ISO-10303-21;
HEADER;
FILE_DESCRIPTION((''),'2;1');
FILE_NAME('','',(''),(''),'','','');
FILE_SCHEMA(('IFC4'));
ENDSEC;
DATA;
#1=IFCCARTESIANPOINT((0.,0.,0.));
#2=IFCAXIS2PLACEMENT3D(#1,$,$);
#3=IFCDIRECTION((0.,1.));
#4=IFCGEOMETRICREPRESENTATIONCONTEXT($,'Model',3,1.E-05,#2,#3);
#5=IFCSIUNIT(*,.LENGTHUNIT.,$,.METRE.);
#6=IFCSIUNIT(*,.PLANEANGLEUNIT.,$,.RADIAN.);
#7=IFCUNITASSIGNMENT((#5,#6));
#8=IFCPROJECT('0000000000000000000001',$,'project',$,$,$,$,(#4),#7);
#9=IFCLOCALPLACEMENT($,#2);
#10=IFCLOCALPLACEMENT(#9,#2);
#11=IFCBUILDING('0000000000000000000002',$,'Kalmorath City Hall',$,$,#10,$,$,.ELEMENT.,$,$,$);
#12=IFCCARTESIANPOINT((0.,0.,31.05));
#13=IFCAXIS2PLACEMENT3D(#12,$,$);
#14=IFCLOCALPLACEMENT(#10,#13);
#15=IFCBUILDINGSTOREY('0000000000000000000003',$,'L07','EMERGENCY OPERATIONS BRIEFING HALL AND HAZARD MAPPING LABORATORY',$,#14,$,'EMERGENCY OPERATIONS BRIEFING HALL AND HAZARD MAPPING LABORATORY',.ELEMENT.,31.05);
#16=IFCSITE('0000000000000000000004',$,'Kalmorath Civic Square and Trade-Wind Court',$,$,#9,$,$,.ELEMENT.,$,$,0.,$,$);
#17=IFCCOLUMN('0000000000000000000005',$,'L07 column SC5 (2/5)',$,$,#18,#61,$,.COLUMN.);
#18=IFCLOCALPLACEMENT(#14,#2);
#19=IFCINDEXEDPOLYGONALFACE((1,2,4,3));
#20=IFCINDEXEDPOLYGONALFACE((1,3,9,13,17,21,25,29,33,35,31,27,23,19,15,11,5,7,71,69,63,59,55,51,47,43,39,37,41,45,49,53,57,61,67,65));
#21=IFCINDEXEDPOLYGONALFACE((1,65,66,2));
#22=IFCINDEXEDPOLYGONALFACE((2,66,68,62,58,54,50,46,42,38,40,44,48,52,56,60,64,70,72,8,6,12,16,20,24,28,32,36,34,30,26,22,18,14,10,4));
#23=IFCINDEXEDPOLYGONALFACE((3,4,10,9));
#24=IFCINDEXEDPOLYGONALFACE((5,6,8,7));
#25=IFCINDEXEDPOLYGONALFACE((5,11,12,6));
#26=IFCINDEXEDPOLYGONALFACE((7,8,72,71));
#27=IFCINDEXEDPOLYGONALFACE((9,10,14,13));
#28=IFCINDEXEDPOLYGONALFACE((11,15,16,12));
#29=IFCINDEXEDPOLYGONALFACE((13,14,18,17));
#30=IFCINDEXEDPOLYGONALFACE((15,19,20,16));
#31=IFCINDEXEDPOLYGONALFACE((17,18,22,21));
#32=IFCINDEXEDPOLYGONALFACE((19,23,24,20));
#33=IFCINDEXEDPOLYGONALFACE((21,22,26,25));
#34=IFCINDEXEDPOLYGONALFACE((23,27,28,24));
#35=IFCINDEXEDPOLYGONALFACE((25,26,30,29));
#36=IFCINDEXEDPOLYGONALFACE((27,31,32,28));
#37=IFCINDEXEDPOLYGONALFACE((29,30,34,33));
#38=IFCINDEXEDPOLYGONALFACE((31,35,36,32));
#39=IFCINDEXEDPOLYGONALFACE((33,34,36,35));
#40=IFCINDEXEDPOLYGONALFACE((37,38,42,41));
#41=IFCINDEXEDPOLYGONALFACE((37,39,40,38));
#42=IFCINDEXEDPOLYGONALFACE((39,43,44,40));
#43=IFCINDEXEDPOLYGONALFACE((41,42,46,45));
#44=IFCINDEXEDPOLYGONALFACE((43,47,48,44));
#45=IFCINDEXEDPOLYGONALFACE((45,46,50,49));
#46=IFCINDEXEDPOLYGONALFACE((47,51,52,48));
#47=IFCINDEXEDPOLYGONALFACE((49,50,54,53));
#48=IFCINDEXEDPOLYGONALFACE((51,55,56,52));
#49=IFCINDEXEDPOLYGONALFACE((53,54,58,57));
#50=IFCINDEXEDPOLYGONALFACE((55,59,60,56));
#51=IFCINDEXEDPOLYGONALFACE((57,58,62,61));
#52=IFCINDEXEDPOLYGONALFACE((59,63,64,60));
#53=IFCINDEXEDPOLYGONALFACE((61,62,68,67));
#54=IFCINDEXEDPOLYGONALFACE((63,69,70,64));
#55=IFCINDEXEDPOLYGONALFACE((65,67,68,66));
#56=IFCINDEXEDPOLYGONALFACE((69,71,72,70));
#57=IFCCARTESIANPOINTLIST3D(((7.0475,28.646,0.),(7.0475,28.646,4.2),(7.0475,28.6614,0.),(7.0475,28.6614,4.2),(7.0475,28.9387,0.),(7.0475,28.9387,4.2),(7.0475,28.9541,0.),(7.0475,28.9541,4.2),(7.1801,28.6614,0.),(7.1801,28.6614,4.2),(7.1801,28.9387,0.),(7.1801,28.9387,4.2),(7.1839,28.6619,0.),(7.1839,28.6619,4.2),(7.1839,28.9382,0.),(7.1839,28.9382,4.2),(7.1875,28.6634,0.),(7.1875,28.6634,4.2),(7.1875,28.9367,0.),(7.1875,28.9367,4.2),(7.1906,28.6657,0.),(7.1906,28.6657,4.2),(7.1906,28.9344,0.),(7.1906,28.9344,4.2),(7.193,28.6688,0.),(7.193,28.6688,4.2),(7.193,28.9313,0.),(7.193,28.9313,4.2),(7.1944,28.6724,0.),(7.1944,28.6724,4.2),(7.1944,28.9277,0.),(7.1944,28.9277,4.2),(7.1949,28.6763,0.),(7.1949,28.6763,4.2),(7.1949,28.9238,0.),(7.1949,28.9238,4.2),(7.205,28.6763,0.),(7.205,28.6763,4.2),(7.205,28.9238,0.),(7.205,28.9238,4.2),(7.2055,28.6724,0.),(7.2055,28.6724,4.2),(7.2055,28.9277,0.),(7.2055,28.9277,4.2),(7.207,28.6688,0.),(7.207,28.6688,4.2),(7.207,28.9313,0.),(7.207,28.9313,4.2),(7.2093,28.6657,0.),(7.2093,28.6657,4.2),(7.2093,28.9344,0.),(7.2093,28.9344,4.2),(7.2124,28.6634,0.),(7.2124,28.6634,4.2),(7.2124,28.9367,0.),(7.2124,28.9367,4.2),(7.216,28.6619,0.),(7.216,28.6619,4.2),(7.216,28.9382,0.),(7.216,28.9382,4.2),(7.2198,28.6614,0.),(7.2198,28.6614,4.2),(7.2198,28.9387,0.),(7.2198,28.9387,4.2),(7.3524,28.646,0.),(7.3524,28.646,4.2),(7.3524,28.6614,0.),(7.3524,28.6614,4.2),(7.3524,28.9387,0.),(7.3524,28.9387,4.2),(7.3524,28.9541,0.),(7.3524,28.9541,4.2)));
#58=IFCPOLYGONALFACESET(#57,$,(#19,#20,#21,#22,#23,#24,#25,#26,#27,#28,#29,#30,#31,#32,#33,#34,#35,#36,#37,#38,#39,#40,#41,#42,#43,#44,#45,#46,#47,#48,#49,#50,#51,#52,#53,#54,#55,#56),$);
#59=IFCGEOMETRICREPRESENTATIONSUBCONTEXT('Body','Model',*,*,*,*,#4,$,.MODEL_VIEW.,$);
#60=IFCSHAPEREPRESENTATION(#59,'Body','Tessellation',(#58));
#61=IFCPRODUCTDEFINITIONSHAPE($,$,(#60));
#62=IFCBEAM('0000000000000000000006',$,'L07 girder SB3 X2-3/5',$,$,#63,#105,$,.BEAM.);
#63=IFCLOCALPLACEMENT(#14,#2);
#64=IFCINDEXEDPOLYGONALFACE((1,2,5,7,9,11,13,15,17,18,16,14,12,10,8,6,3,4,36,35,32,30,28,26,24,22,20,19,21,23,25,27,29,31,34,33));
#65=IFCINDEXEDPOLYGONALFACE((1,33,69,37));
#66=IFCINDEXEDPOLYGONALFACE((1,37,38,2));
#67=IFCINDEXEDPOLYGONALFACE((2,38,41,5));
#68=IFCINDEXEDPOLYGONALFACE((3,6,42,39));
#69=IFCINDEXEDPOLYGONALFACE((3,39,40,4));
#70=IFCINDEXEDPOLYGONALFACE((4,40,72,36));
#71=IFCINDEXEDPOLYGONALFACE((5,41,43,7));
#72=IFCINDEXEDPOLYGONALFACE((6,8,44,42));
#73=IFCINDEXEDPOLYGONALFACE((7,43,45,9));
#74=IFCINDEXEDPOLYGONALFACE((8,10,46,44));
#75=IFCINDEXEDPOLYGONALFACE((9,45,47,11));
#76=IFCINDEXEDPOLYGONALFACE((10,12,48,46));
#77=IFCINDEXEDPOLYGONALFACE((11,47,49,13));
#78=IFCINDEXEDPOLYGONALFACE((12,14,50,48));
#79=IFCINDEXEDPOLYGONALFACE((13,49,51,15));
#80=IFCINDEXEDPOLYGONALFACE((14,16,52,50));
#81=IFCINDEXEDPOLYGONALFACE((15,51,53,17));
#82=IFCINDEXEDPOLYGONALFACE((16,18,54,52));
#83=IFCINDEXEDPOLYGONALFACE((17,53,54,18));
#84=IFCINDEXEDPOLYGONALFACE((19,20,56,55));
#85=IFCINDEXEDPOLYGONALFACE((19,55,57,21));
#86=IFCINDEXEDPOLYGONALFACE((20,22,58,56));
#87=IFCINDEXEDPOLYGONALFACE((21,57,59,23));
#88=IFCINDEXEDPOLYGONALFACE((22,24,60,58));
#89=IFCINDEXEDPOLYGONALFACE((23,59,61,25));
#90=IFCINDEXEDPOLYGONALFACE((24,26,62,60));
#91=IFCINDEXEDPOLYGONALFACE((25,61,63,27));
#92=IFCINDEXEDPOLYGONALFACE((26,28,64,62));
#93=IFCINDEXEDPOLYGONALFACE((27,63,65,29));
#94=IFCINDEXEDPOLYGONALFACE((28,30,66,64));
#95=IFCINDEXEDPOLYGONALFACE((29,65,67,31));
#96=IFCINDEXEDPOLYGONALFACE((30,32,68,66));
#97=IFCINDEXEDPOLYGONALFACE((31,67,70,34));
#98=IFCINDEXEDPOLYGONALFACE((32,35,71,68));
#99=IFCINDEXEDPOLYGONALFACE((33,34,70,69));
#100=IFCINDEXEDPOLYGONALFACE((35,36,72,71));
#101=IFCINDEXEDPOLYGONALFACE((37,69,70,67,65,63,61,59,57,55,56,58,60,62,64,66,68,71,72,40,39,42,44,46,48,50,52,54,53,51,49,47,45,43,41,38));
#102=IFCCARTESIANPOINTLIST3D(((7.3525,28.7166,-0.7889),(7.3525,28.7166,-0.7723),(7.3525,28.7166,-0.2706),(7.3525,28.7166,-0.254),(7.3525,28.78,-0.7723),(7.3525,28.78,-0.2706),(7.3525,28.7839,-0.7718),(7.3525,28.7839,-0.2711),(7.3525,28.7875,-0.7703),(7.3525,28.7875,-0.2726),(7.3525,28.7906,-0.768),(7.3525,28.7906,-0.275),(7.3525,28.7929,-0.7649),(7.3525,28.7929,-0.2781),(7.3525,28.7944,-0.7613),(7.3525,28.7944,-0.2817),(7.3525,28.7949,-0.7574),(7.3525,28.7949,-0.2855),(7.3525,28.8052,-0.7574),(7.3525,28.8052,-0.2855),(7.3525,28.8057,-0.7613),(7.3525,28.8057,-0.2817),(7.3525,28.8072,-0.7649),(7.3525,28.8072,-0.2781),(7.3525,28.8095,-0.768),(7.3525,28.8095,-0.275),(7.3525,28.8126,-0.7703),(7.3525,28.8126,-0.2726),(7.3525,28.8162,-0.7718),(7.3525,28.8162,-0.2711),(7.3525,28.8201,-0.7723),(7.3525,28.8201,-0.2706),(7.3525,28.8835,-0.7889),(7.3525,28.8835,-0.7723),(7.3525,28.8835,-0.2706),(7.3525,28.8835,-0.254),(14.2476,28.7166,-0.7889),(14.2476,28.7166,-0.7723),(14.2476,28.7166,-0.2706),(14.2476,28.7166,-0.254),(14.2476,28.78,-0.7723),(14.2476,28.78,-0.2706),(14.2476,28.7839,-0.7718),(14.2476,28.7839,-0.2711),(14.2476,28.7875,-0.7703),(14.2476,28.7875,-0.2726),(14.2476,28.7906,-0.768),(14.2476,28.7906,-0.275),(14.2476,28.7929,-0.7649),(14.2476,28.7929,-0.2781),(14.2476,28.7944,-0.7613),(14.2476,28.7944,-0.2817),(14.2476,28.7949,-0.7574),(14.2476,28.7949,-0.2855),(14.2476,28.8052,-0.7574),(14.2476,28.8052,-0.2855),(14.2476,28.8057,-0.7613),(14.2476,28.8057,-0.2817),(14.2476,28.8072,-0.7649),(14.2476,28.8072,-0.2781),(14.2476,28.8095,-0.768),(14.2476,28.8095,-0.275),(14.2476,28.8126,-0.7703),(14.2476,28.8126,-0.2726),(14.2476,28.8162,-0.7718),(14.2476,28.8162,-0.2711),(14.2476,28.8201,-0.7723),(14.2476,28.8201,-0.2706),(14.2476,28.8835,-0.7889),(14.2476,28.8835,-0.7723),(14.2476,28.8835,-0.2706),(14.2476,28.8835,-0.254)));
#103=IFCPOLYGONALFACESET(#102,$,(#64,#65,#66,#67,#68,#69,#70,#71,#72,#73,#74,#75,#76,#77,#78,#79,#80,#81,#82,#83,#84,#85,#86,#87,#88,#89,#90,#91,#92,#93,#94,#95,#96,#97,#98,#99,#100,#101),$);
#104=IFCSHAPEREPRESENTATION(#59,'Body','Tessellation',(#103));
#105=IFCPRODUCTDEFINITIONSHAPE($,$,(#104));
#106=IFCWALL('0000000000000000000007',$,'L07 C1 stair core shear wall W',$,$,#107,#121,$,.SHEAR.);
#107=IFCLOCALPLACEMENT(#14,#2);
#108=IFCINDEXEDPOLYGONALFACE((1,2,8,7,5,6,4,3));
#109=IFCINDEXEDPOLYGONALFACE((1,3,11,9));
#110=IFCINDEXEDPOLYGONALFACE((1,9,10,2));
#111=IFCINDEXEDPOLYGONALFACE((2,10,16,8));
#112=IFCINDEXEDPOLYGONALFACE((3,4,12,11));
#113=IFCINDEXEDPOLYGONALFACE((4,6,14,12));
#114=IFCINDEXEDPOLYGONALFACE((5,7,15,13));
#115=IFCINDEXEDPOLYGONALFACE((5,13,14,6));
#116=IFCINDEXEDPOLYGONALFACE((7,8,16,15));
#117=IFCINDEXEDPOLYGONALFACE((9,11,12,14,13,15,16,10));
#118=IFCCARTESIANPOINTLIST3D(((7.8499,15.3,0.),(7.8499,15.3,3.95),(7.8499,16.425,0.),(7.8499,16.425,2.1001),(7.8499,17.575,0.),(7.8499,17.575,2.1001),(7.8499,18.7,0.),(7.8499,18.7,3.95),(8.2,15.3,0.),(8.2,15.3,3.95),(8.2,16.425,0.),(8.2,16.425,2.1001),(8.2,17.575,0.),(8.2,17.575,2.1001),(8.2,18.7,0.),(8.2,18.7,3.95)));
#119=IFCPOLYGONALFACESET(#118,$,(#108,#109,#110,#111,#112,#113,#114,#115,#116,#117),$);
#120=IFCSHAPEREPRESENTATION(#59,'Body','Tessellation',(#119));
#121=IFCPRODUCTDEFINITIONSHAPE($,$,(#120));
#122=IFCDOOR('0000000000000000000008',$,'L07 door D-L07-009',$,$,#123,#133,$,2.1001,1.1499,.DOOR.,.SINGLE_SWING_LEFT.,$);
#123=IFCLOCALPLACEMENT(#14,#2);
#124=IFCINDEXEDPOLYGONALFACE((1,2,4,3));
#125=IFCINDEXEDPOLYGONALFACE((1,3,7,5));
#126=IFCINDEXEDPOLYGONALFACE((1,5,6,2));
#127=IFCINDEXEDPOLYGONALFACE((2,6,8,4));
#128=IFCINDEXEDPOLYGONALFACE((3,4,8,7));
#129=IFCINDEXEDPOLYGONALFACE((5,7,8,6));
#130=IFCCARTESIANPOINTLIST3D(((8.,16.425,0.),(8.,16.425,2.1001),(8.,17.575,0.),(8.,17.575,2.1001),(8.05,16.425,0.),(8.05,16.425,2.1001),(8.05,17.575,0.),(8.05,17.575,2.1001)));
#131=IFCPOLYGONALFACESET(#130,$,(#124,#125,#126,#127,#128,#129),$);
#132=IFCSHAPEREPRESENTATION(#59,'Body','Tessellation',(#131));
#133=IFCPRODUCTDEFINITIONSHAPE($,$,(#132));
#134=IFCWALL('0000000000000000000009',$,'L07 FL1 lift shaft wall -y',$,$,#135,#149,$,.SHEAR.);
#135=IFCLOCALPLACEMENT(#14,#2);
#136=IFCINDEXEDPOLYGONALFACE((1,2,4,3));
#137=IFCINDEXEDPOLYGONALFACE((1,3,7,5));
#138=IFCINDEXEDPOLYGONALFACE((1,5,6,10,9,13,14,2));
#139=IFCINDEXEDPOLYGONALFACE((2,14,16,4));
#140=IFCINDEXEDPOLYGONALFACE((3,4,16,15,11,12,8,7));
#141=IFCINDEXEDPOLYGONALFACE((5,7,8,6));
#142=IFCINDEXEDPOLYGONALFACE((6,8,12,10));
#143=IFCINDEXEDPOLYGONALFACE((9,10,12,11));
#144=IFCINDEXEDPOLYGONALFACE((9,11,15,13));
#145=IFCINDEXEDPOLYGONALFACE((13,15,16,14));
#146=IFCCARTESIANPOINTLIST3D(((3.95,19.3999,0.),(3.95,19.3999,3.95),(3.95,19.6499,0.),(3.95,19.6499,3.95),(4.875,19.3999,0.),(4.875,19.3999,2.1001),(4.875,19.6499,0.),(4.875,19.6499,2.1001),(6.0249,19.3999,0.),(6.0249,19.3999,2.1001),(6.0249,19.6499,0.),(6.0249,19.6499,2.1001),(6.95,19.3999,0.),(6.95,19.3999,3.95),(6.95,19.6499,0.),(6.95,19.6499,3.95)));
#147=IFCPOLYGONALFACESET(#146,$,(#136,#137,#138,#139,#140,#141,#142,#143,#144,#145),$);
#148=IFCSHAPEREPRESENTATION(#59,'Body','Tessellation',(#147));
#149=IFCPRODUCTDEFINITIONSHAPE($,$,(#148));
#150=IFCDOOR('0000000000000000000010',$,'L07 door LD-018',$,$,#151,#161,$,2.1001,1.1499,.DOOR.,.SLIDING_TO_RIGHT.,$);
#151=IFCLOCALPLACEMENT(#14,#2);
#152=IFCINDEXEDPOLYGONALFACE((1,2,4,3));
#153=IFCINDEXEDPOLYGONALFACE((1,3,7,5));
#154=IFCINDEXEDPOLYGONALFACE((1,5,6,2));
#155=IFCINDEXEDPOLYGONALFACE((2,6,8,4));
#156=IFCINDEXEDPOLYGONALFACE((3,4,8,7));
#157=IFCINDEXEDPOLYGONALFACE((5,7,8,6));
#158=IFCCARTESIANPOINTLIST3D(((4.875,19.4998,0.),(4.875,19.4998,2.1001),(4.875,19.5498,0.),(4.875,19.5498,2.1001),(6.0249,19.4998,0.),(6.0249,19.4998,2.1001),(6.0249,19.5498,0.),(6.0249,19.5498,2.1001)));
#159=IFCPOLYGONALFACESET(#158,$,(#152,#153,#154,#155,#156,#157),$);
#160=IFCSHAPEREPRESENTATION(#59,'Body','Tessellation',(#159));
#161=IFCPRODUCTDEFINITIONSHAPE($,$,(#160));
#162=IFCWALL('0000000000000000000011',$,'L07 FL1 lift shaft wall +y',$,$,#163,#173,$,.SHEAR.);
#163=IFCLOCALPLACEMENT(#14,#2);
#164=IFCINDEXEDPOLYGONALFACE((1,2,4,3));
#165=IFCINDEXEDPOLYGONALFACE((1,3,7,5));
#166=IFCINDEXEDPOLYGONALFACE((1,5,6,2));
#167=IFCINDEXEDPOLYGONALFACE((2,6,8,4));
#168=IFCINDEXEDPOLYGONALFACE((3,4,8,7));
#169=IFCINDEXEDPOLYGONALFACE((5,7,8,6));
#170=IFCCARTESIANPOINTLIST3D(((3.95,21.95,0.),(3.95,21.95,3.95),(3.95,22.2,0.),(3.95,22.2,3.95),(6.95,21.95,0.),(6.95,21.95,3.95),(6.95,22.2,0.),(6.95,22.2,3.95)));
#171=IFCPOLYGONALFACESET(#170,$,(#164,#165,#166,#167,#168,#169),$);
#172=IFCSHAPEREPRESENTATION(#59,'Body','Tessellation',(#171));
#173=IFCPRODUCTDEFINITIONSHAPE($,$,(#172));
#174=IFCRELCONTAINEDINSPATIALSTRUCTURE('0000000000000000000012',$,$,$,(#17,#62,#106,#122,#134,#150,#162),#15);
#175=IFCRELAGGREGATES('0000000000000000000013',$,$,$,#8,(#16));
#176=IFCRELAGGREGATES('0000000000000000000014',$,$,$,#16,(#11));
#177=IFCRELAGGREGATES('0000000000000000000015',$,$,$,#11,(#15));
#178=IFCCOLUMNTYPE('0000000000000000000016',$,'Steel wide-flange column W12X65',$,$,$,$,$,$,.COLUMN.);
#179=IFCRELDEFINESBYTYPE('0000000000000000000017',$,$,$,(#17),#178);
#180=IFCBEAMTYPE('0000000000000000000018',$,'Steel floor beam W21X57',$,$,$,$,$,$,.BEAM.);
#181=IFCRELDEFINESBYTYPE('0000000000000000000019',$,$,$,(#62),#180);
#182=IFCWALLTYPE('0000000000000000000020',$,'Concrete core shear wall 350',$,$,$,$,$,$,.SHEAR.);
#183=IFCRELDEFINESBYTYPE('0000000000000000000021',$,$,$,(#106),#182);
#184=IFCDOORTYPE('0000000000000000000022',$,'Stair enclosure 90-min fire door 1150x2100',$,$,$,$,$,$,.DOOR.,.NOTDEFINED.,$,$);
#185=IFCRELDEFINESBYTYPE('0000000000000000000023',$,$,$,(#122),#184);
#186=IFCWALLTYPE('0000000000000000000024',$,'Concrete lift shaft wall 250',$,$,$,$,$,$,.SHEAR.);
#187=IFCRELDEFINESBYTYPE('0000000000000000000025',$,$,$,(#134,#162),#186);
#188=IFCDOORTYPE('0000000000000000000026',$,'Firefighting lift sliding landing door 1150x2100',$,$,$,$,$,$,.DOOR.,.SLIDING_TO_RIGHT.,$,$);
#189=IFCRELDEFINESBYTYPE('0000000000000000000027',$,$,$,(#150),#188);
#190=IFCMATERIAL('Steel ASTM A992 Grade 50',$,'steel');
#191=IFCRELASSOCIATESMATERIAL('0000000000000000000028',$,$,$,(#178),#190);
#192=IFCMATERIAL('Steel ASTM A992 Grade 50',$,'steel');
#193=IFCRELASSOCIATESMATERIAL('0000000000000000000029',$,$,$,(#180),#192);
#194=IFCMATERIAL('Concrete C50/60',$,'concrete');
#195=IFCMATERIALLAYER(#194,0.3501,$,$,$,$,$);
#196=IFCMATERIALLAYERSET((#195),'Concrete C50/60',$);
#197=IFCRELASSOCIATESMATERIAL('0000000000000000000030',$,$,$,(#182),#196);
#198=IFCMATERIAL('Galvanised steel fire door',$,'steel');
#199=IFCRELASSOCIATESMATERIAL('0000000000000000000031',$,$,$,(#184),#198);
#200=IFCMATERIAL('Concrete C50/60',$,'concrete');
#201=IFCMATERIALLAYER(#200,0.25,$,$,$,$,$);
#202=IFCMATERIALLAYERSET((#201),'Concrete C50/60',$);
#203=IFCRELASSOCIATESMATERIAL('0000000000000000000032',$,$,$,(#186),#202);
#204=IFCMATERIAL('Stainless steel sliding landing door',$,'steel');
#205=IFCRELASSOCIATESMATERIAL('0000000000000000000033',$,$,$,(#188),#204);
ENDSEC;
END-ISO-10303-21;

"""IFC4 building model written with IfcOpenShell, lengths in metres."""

from ifc_helpers import new_model, si_unit, direction, frame, frame_2d, origin, origin_2d, place, context, subcontext, project, spatial, rectangle, i_section, extrude, material, layer, layer_set, material_profile, profile_set, type_object, element, fill, save


model = new_model("IFC4")

# Units and contexts
model_context = context("Model", 3, precision=1e-05, world=origin(), true_north=direction((0.0, 1.0)))
body_context = subcontext(model_context, "Body", "Model", "MODEL_VIEW")
ifc_project = project(units=[si_unit("LENGTHUNIT", "METRE"), si_unit("PLANEANGLEUNIT", "RADIAN")], contexts=[model_context])

# Site, building, storey
site_placement = place(None, origin())
site = spatial("IfcSite", under=ifc_project, at=site_placement, Name="Kalmorath Civic Square and Trade-Wind Court", CompositionType="ELEMENT", RefElevation=0.0)
building_placement = place(site_placement, origin())
building = spatial("IfcBuilding", under=site, at=building_placement, Name="Kalmorath City Hall", CompositionType="ELEMENT")
storey_placement = place(building_placement, frame((0.0, 0.0, 31.05)))
storey = spatial("IfcBuildingStorey", under=building, at=storey_placement, Name="L07", Description="EMERGENCY OPERATIONS BRIEFING HALL AND HAZARD MAPPING LABORATORY", LongName="EMERGENCY OPERATIONS BRIEFING HALL AND HAZARD MAPPING LABORATORY", CompositionType="ELEMENT", Elevation=31.05)

# Column
ifc_material_1 = material(Name="Steel ASTM A992 Grade 50", Category="steel")
ifc_material_profile_1 = material_profile(ifc_material_1, i_section(OverallWidth=0.3049, OverallDepth=0.3081, WebThickness=0.01, FlangeThickness=0.0154, FilletRadius=0.0149, at=origin_2d()), Name="W12X65")
ifc_profile_set_1 = profile_set([ifc_material_profile_1], Name="Steel ASTM A992 Grade 50")
column_type = type_object("IfcColumnType", Name="Steel wide-flange column W12X65", PredefinedType="COLUMN", material=ifc_profile_set_1)
column_placement = place(storey_placement, frame((7.2, 28.8, 0.0), z_axis=(0.0, 0.0, 1.0), x_axis=(1.0, 0.0, 0.0)))
element("IfcColumn", 1, at=column_placement, inside=storey, type_object=column_type, Name="L07 column SC5 (2/5)", PredefinedType="COLUMN", context=body_context, shape_type="SweptSolid", body=[
    extrude(i_section(OverallWidth=0.3049, OverallDepth=0.3081, WebThickness=0.01, FlangeThickness=0.0154, FilletRadius=0.0149, at=origin_2d()), origin(), (0.0, 0.0, 1.0), 4.2),
])

# Beam
ifc_material_2 = material(Name="Steel ASTM A992 Grade 50", Category="steel")
ifc_material_profile_2 = material_profile(ifc_material_2, i_section(OverallWidth=0.167, OverallDepth=0.5349, WebThickness=0.0103, FlangeThickness=0.0166, FilletRadius=0.0149, at=origin_2d()), Name="W21X57")
ifc_profile_set_2 = profile_set([ifc_material_profile_2], Name="Steel ASTM A992 Grade 50")
beam_type = type_object("IfcBeamType", Name="Steel floor beam W21X57", PredefinedType="BEAM", material=ifc_profile_set_2)
beam_placement = place(storey_placement, frame((7.3525, 28.8, -0.5215), z_axis=(1.0, 0.0, 0.0), x_axis=(0.0, 1.0, 0.0)))
element("IfcBeam", 2, at=beam_placement, inside=storey, type_object=beam_type, Name="L07 girder SB3 X2-3/5", PredefinedType="BEAM", context=body_context, shape_type="SweptSolid", body=[
    extrude(i_section(OverallWidth=0.167, OverallDepth=0.5349, WebThickness=0.0103, FlangeThickness=0.0166, FilletRadius=0.0149, at=origin_2d()), origin(), (0.0, 0.0, 1.0), 6.895),
])

# Walls, openings, doors
ifc_material_3 = material(Name="Concrete C50/60", Category="concrete")
ifc_layer_1 = layer(ifc_material_3, 0.3501)
ifc_layer_set_1 = layer_set([ifc_layer_1], Name="Concrete C50/60")
wall_type_1 = type_object("IfcWallType", Name="Concrete core shear wall 350", PredefinedType="SHEAR", material=ifc_layer_set_1)
wall_1_placement = place(storey_placement, frame((8.0249, 18.7, 0.0), z_axis=(0.0, 0.0, 1.0), x_axis=(0.0, -1.0, 0.0)))
wall_1 = element("IfcWall", 3, at=wall_1_placement, inside=storey, type_object=wall_type_1, Name="L07 C1 stair core shear wall W", PredefinedType="SHEAR", context=body_context, shape_type="SweptSolid", body=[
    extrude(rectangle(XDim=3.3999, YDim=0.3501, at=frame_2d((1.7, 0.0))), origin(), (0.0, 0.0, 1.0), 3.95),
])
opening_1_placement = place(wall_1_placement, frame((1.125, 0.0, 0.0)))
opening_1 = element("IfcOpeningElement", 4, at=opening_1_placement, cuts=wall_1, PredefinedType="OPENING", context=body_context, shape_type="SweptSolid", body=[
    extrude(rectangle(XDim=1.1499, YDim=2.1001, at=frame_2d((0.575, 1.05))), frame((0.0, 0.1851, 0.0), z_axis=(0.0, -1.0, 0.0), x_axis=(1.0, 0.0, 0.0)), (0.0, 0.0, 1.0), 0.3701),
])
ifc_material_4 = material(Name="Galvanised steel fire door", Category="steel")
door_type_1 = type_object("IfcDoorType", Name="Stair enclosure 90-min fire door 1150x2100", OperationType="NOTDEFINED", PredefinedType="DOOR", material=ifc_material_4)
door_1_placement = place(opening_1_placement, frame((1.1499, 0.0, 0.0), z_axis=(0.0, 0.0, 1.0), x_axis=(-1.0, 0.0, 0.0)))
door_1 = element("IfcDoor", 5, at=door_1_placement, inside=storey, type_object=door_type_1, Name="L07 door D-L07-009", OperationType="SINGLE_SWING_LEFT", OverallHeight=2.1001, OverallWidth=1.1499, PredefinedType="DOOR", context=body_context, shape_type="SweptSolid", body=[
    extrude(rectangle(XDim=1.1499, YDim=2.1001, at=frame_2d((0.575, 1.05))), frame((0.0, 0.0249, 0.0), z_axis=(0.0, -1.0, 0.0), x_axis=(1.0, 0.0, 0.0)), (0.0, 0.0, 1.0), 0.05),
])
fill(opening_1, door_1)
ifc_material_5 = material(Name="Concrete C50/60", Category="concrete")
ifc_layer_2 = layer(ifc_material_5, 0.25)
ifc_layer_set_2 = layer_set([ifc_layer_2], Name="Concrete C50/60")
wall_type_2 = type_object("IfcWallType", Name="Concrete lift shaft wall 250", PredefinedType="SHEAR", material=ifc_layer_set_2)
wall_2_placement = place(storey_placement, frame((3.95, 19.5249, 0.0), z_axis=(0.0, 0.0, 1.0), x_axis=(1.0, 0.0, 0.0)))
wall_2 = element("IfcWall", 6, at=wall_2_placement, inside=storey, type_object=wall_type_2, Name="L07 FL1 lift shaft wall -y", PredefinedType="SHEAR", context=body_context, shape_type="SweptSolid", body=[
    extrude(rectangle(XDim=3.0, YDim=0.25, at=frame_2d((1.5, 0.0))), origin(), (0.0, 0.0, 1.0), 3.95),
])
opening_2_placement = place(wall_2_placement, frame((0.925, 0.0, 0.0)))
opening_2 = element("IfcOpeningElement", 7, at=opening_2_placement, cuts=wall_2, PredefinedType="OPENING", context=body_context, shape_type="SweptSolid", body=[
    extrude(rectangle(XDim=1.1499, YDim=2.1001, at=frame_2d((0.575, 1.05))), frame((0.0, 0.135, 0.0), z_axis=(0.0, -1.0, 0.0), x_axis=(1.0, 0.0, 0.0)), (0.0, 0.0, 1.0), 0.27),
])
ifc_material_6 = material(Name="Stainless steel sliding landing door", Category="steel")
door_type_2 = type_object("IfcDoorType", Name="Firefighting lift sliding landing door 1150x2100", OperationType="SLIDING_TO_RIGHT", PredefinedType="DOOR", material=ifc_material_6)
door_2_placement = place(opening_2_placement, origin())
door_2 = element("IfcDoor", 8, at=door_2_placement, inside=storey, type_object=door_type_2, Name="L07 door LD-018", OperationType="SLIDING_TO_RIGHT", OverallHeight=2.1001, OverallWidth=1.1499, PredefinedType="DOOR", context=body_context, shape_type="SweptSolid", body=[
    extrude(rectangle(XDim=1.1499, YDim=2.1001, at=frame_2d((0.575, 1.05))), frame((0.0, 0.0249, 0.0), z_axis=(0.0, -1.0, 0.0), x_axis=(1.0, 0.0, 0.0)), (0.0, 0.0, 1.0), 0.05),
])
fill(opening_2, door_2)

# Wall
wall_3_placement = place(storey_placement, frame((6.95, 22.075, 0.0), z_axis=(0.0, 0.0, 1.0), x_axis=(-1.0, 0.0, 0.0)))
element("IfcWall", 9, at=wall_3_placement, inside=storey, type_object=wall_type_2, Name="L07 FL1 lift shaft wall +y", PredefinedType="SHEAR", context=body_context, shape_type="SweptSolid", body=[
    extrude(rectangle(XDim=3.0, YDim=0.25, at=frame_2d((1.5, 0.0))), origin(), (0.0, 0.0, 1.0), 3.95),
])

save(model, "model.ifc")
